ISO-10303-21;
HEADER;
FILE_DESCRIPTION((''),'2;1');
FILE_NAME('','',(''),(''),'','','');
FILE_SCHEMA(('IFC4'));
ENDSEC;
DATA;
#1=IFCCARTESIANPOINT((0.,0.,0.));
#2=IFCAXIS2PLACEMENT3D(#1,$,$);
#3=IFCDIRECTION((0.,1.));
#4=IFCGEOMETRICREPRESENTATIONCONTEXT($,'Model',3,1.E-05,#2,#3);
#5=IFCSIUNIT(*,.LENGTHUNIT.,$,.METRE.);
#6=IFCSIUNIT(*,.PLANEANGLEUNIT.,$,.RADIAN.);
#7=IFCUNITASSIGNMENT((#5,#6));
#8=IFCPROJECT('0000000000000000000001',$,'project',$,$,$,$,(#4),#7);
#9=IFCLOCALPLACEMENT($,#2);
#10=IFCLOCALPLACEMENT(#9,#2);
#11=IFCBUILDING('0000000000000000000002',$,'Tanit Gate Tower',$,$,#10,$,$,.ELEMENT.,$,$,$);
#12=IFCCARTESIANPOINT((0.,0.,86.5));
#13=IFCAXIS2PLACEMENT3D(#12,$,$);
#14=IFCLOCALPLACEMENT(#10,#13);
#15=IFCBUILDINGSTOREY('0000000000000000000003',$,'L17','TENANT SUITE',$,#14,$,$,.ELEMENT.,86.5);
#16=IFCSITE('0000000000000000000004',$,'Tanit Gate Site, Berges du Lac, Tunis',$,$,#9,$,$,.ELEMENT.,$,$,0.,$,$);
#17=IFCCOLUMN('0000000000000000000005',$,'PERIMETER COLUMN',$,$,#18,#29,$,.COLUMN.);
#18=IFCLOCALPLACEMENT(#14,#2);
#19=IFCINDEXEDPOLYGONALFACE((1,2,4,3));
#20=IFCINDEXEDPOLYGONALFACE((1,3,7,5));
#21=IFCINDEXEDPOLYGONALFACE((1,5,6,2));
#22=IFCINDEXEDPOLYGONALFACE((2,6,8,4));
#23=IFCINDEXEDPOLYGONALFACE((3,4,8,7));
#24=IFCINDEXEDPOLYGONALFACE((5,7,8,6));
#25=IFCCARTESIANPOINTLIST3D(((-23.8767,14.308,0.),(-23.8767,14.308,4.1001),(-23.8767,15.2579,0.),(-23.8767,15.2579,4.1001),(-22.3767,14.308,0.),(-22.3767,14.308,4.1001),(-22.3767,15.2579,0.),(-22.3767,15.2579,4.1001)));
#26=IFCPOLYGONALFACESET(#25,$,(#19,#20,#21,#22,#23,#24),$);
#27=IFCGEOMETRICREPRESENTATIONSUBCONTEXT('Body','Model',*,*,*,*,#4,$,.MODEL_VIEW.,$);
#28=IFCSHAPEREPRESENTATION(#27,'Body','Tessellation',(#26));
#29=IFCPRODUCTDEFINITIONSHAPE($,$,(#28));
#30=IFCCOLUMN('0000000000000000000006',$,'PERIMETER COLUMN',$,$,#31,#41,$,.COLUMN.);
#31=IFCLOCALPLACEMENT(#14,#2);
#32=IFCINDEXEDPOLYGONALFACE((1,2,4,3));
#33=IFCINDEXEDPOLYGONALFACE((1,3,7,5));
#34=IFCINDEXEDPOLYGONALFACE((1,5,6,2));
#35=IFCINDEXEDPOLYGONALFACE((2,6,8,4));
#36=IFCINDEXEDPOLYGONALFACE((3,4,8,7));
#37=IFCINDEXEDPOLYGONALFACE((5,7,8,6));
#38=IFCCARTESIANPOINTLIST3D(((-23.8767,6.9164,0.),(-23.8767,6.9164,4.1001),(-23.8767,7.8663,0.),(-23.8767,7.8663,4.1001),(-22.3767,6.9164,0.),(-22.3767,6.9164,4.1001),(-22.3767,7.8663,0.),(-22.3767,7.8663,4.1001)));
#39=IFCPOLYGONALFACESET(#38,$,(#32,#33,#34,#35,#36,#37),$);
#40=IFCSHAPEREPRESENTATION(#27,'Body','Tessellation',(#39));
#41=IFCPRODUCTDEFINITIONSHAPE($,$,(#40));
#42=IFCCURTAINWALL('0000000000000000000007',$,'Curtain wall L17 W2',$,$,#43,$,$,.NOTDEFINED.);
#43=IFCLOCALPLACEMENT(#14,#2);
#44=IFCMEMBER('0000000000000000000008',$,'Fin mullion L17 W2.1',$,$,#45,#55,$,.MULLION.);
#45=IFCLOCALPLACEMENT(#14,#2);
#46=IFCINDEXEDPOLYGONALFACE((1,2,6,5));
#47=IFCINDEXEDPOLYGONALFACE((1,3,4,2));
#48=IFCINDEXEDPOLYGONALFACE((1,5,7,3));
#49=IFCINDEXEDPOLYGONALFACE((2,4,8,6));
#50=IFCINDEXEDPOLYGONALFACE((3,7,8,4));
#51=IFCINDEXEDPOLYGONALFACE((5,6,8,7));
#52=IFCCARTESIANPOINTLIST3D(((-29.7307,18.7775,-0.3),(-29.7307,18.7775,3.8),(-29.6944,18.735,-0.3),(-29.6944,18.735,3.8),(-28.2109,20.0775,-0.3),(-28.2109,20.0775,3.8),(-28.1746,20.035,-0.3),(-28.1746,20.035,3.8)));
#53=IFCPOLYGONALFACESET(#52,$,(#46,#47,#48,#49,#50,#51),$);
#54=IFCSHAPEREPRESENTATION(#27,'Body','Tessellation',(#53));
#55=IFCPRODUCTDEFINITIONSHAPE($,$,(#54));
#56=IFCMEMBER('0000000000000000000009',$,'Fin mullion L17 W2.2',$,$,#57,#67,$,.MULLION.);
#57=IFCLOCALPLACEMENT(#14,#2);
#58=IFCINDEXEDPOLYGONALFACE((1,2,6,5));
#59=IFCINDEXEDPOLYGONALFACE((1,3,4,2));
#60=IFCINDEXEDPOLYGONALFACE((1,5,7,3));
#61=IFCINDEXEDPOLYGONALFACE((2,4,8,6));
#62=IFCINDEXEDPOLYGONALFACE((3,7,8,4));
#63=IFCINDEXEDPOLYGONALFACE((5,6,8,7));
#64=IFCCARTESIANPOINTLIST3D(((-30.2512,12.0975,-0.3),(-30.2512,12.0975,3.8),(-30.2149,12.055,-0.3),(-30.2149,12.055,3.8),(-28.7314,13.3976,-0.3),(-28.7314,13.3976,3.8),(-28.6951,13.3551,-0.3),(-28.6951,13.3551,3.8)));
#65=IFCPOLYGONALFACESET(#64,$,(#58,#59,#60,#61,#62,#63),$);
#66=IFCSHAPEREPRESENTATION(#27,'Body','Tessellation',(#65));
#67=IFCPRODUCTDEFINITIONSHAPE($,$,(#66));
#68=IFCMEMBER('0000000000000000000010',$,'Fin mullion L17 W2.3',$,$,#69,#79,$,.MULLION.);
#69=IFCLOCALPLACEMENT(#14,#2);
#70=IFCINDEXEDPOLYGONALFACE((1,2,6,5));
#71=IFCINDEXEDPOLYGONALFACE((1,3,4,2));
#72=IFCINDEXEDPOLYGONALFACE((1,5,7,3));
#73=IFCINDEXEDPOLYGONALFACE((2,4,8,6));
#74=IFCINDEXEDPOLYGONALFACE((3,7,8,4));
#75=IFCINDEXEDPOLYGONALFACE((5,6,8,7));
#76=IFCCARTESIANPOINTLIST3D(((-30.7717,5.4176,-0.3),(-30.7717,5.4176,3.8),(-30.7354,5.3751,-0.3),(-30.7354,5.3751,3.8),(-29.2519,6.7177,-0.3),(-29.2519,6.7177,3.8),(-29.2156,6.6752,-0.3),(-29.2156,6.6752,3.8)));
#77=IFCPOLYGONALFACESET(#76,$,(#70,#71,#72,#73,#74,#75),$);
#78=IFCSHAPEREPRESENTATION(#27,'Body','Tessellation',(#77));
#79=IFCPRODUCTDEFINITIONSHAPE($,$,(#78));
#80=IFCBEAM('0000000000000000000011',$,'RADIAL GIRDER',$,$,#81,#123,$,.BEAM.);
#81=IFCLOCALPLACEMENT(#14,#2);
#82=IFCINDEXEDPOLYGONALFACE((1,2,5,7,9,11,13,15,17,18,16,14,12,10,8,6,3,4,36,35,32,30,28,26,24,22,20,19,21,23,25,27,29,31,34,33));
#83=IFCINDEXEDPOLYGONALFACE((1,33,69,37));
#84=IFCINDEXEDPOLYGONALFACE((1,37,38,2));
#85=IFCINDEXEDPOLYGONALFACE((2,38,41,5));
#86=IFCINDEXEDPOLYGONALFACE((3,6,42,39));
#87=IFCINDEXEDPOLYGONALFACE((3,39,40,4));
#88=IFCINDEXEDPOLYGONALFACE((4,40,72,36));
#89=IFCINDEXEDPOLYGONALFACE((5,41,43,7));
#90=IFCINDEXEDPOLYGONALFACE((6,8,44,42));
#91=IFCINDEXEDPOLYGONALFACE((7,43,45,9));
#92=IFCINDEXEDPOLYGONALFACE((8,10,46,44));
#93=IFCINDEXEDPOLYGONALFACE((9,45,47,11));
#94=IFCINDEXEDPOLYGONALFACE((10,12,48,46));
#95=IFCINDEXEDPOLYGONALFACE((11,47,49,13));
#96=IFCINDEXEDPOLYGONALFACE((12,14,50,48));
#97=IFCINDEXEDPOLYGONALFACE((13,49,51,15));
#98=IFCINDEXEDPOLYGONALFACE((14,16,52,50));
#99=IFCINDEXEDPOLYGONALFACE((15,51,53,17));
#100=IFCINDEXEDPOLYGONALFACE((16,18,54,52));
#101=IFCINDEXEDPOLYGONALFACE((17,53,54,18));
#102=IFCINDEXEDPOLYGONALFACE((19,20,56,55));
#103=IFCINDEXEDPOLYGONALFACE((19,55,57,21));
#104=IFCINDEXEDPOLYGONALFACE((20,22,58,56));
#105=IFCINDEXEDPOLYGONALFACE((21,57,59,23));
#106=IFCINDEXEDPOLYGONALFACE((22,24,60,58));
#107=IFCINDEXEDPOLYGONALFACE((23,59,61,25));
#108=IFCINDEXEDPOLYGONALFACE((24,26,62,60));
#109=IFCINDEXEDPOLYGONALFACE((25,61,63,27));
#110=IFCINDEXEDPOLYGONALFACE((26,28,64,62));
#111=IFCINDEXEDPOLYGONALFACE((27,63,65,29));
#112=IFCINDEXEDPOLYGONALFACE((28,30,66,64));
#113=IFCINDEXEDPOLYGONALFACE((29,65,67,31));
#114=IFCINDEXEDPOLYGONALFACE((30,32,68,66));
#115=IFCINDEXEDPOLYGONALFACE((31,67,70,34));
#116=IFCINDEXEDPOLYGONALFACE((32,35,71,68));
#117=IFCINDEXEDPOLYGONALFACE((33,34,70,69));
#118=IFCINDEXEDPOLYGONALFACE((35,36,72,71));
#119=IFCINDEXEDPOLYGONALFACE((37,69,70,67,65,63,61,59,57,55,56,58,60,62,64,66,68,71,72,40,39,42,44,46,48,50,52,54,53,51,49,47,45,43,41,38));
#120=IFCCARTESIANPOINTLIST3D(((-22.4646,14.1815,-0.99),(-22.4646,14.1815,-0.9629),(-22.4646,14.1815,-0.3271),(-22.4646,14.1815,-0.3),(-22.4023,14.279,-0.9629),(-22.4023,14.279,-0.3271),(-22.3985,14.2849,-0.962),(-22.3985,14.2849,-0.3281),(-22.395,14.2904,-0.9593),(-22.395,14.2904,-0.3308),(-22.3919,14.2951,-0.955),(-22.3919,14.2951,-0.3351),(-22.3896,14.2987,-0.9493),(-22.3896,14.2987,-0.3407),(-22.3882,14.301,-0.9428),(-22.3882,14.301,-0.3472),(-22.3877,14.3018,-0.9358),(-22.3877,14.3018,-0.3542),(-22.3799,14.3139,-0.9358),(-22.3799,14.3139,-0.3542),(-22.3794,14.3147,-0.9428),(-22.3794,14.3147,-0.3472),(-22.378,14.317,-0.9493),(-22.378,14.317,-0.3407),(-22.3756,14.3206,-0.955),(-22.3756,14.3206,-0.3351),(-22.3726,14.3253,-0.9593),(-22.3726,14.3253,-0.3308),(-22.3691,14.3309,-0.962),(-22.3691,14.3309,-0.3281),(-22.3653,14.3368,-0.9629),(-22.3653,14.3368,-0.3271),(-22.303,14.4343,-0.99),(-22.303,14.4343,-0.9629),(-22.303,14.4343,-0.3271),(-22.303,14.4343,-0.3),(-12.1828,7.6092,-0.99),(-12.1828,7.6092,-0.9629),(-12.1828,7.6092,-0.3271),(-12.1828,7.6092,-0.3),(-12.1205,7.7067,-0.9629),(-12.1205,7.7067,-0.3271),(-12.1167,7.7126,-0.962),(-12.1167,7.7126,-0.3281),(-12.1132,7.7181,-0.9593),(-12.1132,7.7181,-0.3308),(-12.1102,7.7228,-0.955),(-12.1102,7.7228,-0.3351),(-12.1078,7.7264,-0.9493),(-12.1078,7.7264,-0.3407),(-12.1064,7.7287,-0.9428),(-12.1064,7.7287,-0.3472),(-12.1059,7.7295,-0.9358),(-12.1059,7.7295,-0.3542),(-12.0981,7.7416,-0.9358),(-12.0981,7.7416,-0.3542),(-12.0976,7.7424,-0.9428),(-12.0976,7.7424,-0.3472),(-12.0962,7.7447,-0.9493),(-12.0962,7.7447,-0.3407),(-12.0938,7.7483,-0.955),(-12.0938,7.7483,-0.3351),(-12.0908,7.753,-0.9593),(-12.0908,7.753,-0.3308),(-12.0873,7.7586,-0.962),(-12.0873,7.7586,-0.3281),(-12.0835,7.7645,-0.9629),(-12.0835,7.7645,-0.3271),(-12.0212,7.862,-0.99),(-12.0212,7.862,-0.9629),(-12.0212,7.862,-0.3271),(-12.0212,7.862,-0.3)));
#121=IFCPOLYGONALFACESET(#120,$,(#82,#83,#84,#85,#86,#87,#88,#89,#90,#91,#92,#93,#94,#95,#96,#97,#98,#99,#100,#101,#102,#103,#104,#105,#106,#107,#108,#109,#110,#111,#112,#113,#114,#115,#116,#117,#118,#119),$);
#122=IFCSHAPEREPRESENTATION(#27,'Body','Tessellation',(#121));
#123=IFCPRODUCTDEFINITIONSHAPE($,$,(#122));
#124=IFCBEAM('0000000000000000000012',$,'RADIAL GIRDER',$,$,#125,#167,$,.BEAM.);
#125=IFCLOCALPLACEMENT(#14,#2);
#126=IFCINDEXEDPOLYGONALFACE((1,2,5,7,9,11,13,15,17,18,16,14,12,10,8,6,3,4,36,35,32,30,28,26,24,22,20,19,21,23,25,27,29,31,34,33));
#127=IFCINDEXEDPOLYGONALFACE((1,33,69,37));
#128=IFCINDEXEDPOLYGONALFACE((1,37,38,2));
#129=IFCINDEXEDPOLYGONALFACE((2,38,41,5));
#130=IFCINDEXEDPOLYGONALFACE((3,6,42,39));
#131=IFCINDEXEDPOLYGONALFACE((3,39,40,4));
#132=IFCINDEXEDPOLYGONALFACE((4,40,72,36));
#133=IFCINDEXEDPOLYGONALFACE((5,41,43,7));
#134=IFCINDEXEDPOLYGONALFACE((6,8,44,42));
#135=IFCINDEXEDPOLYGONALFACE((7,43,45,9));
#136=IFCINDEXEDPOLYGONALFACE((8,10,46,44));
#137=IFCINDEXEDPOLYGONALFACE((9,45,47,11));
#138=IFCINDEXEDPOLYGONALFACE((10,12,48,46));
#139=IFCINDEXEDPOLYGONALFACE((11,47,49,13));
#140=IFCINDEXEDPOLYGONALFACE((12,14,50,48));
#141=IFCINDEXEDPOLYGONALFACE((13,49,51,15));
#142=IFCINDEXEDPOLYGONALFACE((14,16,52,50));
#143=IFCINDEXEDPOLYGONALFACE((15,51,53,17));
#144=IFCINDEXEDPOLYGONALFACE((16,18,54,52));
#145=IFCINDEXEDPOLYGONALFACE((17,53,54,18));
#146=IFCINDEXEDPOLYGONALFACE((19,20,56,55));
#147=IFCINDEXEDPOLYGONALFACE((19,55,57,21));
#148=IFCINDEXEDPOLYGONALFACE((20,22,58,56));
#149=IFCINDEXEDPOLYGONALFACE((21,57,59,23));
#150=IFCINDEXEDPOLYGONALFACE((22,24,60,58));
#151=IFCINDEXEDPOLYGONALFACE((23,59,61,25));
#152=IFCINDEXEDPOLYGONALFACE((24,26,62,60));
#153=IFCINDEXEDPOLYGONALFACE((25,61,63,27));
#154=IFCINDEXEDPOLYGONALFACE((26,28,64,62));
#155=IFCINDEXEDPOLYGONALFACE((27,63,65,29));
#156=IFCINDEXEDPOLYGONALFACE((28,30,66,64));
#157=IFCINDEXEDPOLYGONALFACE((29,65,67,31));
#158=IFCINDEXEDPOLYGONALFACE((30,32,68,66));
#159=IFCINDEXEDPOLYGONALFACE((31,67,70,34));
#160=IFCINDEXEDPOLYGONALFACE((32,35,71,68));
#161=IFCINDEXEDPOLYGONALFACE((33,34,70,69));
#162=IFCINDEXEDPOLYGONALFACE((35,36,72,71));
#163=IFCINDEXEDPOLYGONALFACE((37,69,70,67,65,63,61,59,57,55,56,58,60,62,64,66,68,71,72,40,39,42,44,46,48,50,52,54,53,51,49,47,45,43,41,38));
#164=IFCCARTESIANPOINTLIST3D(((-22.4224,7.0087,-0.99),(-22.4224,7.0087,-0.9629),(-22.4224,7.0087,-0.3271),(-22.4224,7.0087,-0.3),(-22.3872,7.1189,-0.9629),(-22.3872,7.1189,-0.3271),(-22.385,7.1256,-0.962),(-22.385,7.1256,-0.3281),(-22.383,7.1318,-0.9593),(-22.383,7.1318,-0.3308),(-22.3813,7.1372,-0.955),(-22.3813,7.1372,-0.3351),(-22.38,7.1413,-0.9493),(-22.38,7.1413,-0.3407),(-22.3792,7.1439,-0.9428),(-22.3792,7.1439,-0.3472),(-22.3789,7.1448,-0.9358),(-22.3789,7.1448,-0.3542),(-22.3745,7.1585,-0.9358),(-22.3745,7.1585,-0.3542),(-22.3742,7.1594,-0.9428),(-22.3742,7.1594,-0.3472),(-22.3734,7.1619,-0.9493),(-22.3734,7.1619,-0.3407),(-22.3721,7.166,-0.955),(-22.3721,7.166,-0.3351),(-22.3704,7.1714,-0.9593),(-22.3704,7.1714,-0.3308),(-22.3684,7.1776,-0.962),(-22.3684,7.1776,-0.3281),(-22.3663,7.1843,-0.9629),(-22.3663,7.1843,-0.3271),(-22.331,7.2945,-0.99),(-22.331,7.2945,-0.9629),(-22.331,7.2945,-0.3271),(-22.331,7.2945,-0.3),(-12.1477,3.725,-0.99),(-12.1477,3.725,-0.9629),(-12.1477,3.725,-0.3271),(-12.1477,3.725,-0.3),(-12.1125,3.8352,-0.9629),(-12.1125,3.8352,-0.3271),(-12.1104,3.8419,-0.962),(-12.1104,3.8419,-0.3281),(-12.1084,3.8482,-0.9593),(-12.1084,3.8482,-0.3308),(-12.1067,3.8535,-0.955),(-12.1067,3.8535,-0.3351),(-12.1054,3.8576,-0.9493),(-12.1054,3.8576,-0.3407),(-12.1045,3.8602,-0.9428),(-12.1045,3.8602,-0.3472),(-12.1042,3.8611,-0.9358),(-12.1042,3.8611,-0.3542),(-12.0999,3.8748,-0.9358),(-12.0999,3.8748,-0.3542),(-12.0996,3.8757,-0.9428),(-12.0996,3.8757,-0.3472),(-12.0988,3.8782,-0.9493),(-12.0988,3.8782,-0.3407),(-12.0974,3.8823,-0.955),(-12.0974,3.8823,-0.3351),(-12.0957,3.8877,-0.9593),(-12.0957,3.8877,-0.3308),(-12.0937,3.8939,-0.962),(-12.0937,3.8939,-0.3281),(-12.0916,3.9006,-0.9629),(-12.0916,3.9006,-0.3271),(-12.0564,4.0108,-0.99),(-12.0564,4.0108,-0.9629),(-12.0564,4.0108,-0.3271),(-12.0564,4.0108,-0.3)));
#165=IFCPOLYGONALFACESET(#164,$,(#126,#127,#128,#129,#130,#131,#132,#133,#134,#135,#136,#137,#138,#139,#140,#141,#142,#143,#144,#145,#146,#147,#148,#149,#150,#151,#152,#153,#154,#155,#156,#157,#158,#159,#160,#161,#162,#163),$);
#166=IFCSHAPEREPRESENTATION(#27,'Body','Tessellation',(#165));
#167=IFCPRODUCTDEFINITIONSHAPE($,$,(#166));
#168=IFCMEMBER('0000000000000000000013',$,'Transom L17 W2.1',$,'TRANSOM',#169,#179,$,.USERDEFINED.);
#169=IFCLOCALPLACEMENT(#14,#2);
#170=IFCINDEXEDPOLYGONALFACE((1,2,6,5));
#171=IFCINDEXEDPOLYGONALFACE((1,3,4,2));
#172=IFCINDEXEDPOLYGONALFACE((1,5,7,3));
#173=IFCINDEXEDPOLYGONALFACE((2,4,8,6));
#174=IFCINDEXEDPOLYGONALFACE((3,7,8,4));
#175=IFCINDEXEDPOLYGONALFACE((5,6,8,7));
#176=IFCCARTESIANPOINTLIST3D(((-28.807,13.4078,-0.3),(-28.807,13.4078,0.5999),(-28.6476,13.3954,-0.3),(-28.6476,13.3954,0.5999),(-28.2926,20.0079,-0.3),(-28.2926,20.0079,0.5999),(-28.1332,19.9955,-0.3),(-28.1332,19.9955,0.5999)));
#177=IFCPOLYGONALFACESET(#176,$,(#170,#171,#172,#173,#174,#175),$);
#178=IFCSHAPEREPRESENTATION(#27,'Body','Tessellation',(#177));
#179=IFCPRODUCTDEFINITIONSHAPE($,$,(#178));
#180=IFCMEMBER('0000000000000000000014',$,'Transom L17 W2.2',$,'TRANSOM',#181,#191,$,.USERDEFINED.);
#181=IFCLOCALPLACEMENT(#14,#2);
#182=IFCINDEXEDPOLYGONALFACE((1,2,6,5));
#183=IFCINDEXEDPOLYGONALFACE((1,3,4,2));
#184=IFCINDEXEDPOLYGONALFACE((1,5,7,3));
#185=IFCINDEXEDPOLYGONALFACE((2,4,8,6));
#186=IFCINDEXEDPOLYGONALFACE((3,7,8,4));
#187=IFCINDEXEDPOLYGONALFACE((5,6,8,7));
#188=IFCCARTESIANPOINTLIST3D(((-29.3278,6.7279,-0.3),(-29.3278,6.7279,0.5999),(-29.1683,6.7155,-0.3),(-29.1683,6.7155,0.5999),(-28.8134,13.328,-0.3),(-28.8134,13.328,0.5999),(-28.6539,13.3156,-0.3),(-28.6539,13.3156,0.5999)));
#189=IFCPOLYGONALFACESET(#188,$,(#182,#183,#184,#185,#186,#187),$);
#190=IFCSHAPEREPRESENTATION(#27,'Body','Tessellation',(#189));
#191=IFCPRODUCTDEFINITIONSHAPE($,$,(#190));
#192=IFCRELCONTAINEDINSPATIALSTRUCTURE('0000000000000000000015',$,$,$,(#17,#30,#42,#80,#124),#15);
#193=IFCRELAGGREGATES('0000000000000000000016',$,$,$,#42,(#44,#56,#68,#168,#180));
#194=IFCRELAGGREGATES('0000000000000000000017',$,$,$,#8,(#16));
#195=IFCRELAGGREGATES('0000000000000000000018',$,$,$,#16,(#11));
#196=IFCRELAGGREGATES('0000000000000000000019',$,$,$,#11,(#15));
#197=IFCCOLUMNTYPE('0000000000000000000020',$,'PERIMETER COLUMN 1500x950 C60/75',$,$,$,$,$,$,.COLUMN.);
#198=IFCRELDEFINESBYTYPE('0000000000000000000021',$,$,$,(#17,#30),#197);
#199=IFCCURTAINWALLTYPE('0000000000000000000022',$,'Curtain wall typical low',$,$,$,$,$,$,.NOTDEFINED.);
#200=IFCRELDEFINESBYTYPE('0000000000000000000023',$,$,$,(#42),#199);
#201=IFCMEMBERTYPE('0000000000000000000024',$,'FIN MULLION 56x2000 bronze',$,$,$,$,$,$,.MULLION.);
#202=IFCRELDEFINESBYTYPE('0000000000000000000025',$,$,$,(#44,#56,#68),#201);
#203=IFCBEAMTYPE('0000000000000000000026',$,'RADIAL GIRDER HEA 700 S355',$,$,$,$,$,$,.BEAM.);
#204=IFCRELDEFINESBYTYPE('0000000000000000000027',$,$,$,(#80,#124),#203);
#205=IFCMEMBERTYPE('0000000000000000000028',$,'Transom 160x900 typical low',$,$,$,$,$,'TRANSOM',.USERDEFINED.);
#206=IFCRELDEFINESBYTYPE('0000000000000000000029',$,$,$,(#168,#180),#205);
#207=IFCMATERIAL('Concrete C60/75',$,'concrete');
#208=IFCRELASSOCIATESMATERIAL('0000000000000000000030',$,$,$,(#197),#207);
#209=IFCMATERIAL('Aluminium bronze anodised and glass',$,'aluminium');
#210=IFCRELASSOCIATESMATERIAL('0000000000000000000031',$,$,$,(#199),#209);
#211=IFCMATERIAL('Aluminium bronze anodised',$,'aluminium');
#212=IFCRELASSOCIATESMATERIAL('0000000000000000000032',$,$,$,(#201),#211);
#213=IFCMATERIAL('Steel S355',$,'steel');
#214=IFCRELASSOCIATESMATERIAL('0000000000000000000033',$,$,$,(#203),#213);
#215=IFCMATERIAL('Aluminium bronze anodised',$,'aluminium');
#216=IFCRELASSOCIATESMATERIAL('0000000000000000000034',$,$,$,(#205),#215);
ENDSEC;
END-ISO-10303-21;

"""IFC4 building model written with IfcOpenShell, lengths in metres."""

from ifc_helpers import new_model, si_unit, direction, frame, origin, origin_2d, place, context, subcontext, project, spatial, rectangle, i_section, extrude, material, material_profile, profile_set, type_object, element, aggregate, save


model = new_model("IFC4")

# Units and contexts
model_context = context("Model", 3, precision=1e-05, world=origin(), true_north=direction((0.0, 1.0)))
body_context = subcontext(model_context, "Body", "Model", "MODEL_VIEW")
ifc_project = project(units=[si_unit("LENGTHUNIT", "METRE"), si_unit("PLANEANGLEUNIT", "RADIAN")], contexts=[model_context])

# Site, building, storey
site_placement = place(None, origin())
site = spatial("IfcSite", under=ifc_project, at=site_placement, Name="Tanit Gate Site, Berges du Lac, Tunis", CompositionType="ELEMENT", RefElevation=0.0)
building_placement = place(site_placement, origin())
building = spatial("IfcBuilding", under=site, at=building_placement, Name="Tanit Gate Tower", CompositionType="ELEMENT")
storey_placement = place(building_placement, frame((0.0, 0.0, 86.5)))
storey = spatial("IfcBuildingStorey", under=building, at=storey_placement, Name="L17", Description="TENANT SUITE", CompositionType="ELEMENT", Elevation=86.5)

# Columns
ifc_material_1 = material(Name="Concrete C60/75", Category="concrete")
ifc_material_profile_1 = material_profile(ifc_material_1, rectangle(XDim=1.5, YDim=0.95, at=origin_2d()), Name="RC 1500x950")
ifc_profile_set_1 = profile_set([ifc_material_profile_1], Name="Concrete C60/75")
column_type = type_object("IfcColumnType", Name="PERIMETER COLUMN 1500x950 C60/75", PredefinedType="COLUMN", material=ifc_profile_set_1)
for number, where, z_axis, x_axis, name in (
    (1, (-23.1267, 14.783, 0.0), (0.0, 0.0, 1.0), (-1.0, 0.0, 0.0), "PERIMETER COLUMN"),
    (2, (-23.1267, 7.3914, 0.0), (0.0, 0.0, 1.0), (-1.0, 0.0, 0.0), "PERIMETER COLUMN"),
):
    element("IfcColumn", number, at=place(storey_placement, frame(where, z_axis=z_axis, x_axis=x_axis)), inside=storey, type_object=column_type, Name=name, PredefinedType="COLUMN", context=body_context, shape_type="SweptSolid", body=[
        extrude(rectangle(XDim=1.5, YDim=0.95, at=origin_2d()), origin(), (0.0, 0.0, 1.0), 4.1001),
    ])

# Curtain wall, members
ifc_material_2 = material(Name="Aluminium bronze anodised and glass", Category="aluminium")
curtain_wall_type = type_object("IfcCurtainWallType", Name="Curtain wall typical low", PredefinedType="NOTDEFINED", material=ifc_material_2)
curtain_wall_placement = place(storey_placement, origin())
curtain_wall = element("IfcCurtainWall", 3, at=curtain_wall_placement, inside=storey, type_object=curtain_wall_type, Name="Curtain wall L17 W2", PredefinedType="NOTDEFINED")
ifc_material_3 = material(Name="Aluminium bronze anodised", Category="aluminium")
ifc_material_profile_2 = material_profile(ifc_material_3, rectangle(XDim=2.0, YDim=0.0559, at=origin_2d()), Name="56x2000 bronze fin mullion")
ifc_profile_set_2 = profile_set([ifc_material_profile_2], Name="Aluminium bronze anodised")
member_type_1 = type_object("IfcMemberType", Name="FIN MULLION 56x2000 bronze", PredefinedType="MULLION", material=ifc_profile_set_2)
member_1_placement = place(storey_placement, frame((-28.9526, 19.4062, -0.3), z_axis=(0.0, 0.0, 1.0), x_axis=(0.759912, 0.650026, 0.0)))
member_1 = element("IfcMember", 4, at=member_1_placement, type_object=member_type_1, Name="Fin mullion L17 W2.1", PredefinedType="MULLION", context=body_context, shape_type="SweptSolid", body=[
    extrude(rectangle(XDim=2.0, YDim=0.0559, at=origin_2d()), origin(), (0.0, 0.0, 1.0), 4.1001),
])
member_2_placement = place(storey_placement, frame((-29.4731, 12.7263, -0.3), z_axis=(0.0, 0.0, 1.0), x_axis=(0.759912, 0.650026, 0.0)))
member_2 = element("IfcMember", 5, at=member_2_placement, type_object=member_type_1, Name="Fin mullion L17 W2.2", PredefinedType="MULLION", context=body_context, shape_type="SweptSolid", body=[
    extrude(rectangle(XDim=2.0, YDim=0.0559, at=origin_2d()), origin(), (0.0, 0.0, 1.0), 4.1001),
])
member_3_placement = place(storey_placement, frame((-29.9937, 6.0464, -0.3), z_axis=(0.0, 0.0, 1.0), x_axis=(0.759912, 0.650026, 0.0)))
member_3 = element("IfcMember", 6, at=member_3_placement, type_object=member_type_1, Name="Fin mullion L17 W2.3", PredefinedType="MULLION", context=body_context, shape_type="SweptSolid", body=[
    extrude(rectangle(XDim=2.0, YDim=0.0559, at=origin_2d()), origin(), (0.0, 0.0, 1.0), 4.1001),
])

# Beams
ifc_material_4 = material(Name="Steel S355", Category="steel")
ifc_material_profile_3 = material_profile(ifc_material_4, i_section(OverallWidth=0.3, OverallDepth=0.6899, WebThickness=0.0144, FlangeThickness=0.0271, FilletRadius=0.0271, at=origin_2d()), Name="HEA 700")
ifc_profile_set_3 = profile_set([ifc_material_profile_3], Name="Steel S355")
beam_type = type_object("IfcBeamType", Name="RADIAL GIRDER HEA 700 S355", PredefinedType="BEAM", material=ifc_profile_set_3)
beam_1_placement = place(storey_placement, frame((-22.3838, 14.3079, -0.645), z_axis=(0.842571, -0.538586, 0.0), x_axis=(0.538586, 0.842571, 0.0)))
element("IfcBeam", 7, at=beam_1_placement, inside=storey, type_object=beam_type, Name="RADIAL GIRDER", PredefinedType="BEAM", context=body_context, shape_type="SweptSolid", body=[
    extrude(i_section(OverallWidth=0.3, OverallDepth=0.6899, WebThickness=0.0144, FlangeThickness=0.0271, FilletRadius=0.0271, at=origin_2d()), origin(), (0.0, 0.0, 1.0), 12.2029),
])
beam_2_placement = place(storey_placement, frame((-22.3767, 7.1516, -0.645), z_axis=(0.952537, -0.304423, 0.0), x_axis=(0.304423, 0.952537, 0.0)))
element("IfcBeam", 8, at=beam_2_placement, inside=storey, type_object=beam_type, Name="RADIAL GIRDER", PredefinedType="BEAM", context=body_context, shape_type="SweptSolid", body=[
    extrude(i_section(OverallWidth=0.3, OverallDepth=0.6899, WebThickness=0.0144, FlangeThickness=0.0271, FilletRadius=0.0271, at=origin_2d()), origin(), (0.0, 0.0, 1.0), 10.7866),
])

# Members
ifc_material_5 = material(Name="Aluminium bronze anodised", Category="aluminium")
ifc_material_profile_4 = material_profile(ifc_material_5, rectangle(XDim=0.1599, YDim=0.8999, at=origin_2d()), Name="160x900 bronze transom")
ifc_profile_set_4 = profile_set([ifc_material_profile_4], Name="Aluminium bronze anodised")
member_type_2 = type_object("IfcMemberType", Name="Transom 160x900 typical low", ElementType="TRANSOM", PredefinedType="USERDEFINED", material=ifc_profile_set_4)
member_4_placement = place(storey_placement, frame((-28.2129, 20.0017, 0.1499), z_axis=(-0.077703, -0.996977, 0.0), x_axis=(0.996977, -0.077703, 0.0)))
member_4 = element("IfcMember", 9, at=member_4_placement, type_object=member_type_2, Name="Transom L17 W2.1", ObjectType="TRANSOM", PredefinedType="USERDEFINED", context=body_context, shape_type="SweptSolid", body=[
    extrude(rectangle(XDim=0.1599, YDim=0.8999, at=origin_2d()), origin(), (0.0, 0.0, 1.0), 6.6201),
])
member_5_placement = place(storey_placement, frame((-28.7336, 13.3218, 0.1499), z_axis=(-0.077703, -0.996977, 0.0), x_axis=(0.996977, -0.077703, 0.0)))
member_5 = element("IfcMember", 10, at=member_5_placement, type_object=member_type_2, Name="Transom L17 W2.2", ObjectType="TRANSOM", PredefinedType="USERDEFINED", context=body_context, shape_type="SweptSolid", body=[
    extrude(rectangle(XDim=0.1599, YDim=0.8999, at=origin_2d()), origin(), (0.0, 0.0, 1.0), 6.6201),
])

aggregate(curtain_wall, [member_1, member_2, member_3, member_4, member_5])

save(model, "model.ifc")
